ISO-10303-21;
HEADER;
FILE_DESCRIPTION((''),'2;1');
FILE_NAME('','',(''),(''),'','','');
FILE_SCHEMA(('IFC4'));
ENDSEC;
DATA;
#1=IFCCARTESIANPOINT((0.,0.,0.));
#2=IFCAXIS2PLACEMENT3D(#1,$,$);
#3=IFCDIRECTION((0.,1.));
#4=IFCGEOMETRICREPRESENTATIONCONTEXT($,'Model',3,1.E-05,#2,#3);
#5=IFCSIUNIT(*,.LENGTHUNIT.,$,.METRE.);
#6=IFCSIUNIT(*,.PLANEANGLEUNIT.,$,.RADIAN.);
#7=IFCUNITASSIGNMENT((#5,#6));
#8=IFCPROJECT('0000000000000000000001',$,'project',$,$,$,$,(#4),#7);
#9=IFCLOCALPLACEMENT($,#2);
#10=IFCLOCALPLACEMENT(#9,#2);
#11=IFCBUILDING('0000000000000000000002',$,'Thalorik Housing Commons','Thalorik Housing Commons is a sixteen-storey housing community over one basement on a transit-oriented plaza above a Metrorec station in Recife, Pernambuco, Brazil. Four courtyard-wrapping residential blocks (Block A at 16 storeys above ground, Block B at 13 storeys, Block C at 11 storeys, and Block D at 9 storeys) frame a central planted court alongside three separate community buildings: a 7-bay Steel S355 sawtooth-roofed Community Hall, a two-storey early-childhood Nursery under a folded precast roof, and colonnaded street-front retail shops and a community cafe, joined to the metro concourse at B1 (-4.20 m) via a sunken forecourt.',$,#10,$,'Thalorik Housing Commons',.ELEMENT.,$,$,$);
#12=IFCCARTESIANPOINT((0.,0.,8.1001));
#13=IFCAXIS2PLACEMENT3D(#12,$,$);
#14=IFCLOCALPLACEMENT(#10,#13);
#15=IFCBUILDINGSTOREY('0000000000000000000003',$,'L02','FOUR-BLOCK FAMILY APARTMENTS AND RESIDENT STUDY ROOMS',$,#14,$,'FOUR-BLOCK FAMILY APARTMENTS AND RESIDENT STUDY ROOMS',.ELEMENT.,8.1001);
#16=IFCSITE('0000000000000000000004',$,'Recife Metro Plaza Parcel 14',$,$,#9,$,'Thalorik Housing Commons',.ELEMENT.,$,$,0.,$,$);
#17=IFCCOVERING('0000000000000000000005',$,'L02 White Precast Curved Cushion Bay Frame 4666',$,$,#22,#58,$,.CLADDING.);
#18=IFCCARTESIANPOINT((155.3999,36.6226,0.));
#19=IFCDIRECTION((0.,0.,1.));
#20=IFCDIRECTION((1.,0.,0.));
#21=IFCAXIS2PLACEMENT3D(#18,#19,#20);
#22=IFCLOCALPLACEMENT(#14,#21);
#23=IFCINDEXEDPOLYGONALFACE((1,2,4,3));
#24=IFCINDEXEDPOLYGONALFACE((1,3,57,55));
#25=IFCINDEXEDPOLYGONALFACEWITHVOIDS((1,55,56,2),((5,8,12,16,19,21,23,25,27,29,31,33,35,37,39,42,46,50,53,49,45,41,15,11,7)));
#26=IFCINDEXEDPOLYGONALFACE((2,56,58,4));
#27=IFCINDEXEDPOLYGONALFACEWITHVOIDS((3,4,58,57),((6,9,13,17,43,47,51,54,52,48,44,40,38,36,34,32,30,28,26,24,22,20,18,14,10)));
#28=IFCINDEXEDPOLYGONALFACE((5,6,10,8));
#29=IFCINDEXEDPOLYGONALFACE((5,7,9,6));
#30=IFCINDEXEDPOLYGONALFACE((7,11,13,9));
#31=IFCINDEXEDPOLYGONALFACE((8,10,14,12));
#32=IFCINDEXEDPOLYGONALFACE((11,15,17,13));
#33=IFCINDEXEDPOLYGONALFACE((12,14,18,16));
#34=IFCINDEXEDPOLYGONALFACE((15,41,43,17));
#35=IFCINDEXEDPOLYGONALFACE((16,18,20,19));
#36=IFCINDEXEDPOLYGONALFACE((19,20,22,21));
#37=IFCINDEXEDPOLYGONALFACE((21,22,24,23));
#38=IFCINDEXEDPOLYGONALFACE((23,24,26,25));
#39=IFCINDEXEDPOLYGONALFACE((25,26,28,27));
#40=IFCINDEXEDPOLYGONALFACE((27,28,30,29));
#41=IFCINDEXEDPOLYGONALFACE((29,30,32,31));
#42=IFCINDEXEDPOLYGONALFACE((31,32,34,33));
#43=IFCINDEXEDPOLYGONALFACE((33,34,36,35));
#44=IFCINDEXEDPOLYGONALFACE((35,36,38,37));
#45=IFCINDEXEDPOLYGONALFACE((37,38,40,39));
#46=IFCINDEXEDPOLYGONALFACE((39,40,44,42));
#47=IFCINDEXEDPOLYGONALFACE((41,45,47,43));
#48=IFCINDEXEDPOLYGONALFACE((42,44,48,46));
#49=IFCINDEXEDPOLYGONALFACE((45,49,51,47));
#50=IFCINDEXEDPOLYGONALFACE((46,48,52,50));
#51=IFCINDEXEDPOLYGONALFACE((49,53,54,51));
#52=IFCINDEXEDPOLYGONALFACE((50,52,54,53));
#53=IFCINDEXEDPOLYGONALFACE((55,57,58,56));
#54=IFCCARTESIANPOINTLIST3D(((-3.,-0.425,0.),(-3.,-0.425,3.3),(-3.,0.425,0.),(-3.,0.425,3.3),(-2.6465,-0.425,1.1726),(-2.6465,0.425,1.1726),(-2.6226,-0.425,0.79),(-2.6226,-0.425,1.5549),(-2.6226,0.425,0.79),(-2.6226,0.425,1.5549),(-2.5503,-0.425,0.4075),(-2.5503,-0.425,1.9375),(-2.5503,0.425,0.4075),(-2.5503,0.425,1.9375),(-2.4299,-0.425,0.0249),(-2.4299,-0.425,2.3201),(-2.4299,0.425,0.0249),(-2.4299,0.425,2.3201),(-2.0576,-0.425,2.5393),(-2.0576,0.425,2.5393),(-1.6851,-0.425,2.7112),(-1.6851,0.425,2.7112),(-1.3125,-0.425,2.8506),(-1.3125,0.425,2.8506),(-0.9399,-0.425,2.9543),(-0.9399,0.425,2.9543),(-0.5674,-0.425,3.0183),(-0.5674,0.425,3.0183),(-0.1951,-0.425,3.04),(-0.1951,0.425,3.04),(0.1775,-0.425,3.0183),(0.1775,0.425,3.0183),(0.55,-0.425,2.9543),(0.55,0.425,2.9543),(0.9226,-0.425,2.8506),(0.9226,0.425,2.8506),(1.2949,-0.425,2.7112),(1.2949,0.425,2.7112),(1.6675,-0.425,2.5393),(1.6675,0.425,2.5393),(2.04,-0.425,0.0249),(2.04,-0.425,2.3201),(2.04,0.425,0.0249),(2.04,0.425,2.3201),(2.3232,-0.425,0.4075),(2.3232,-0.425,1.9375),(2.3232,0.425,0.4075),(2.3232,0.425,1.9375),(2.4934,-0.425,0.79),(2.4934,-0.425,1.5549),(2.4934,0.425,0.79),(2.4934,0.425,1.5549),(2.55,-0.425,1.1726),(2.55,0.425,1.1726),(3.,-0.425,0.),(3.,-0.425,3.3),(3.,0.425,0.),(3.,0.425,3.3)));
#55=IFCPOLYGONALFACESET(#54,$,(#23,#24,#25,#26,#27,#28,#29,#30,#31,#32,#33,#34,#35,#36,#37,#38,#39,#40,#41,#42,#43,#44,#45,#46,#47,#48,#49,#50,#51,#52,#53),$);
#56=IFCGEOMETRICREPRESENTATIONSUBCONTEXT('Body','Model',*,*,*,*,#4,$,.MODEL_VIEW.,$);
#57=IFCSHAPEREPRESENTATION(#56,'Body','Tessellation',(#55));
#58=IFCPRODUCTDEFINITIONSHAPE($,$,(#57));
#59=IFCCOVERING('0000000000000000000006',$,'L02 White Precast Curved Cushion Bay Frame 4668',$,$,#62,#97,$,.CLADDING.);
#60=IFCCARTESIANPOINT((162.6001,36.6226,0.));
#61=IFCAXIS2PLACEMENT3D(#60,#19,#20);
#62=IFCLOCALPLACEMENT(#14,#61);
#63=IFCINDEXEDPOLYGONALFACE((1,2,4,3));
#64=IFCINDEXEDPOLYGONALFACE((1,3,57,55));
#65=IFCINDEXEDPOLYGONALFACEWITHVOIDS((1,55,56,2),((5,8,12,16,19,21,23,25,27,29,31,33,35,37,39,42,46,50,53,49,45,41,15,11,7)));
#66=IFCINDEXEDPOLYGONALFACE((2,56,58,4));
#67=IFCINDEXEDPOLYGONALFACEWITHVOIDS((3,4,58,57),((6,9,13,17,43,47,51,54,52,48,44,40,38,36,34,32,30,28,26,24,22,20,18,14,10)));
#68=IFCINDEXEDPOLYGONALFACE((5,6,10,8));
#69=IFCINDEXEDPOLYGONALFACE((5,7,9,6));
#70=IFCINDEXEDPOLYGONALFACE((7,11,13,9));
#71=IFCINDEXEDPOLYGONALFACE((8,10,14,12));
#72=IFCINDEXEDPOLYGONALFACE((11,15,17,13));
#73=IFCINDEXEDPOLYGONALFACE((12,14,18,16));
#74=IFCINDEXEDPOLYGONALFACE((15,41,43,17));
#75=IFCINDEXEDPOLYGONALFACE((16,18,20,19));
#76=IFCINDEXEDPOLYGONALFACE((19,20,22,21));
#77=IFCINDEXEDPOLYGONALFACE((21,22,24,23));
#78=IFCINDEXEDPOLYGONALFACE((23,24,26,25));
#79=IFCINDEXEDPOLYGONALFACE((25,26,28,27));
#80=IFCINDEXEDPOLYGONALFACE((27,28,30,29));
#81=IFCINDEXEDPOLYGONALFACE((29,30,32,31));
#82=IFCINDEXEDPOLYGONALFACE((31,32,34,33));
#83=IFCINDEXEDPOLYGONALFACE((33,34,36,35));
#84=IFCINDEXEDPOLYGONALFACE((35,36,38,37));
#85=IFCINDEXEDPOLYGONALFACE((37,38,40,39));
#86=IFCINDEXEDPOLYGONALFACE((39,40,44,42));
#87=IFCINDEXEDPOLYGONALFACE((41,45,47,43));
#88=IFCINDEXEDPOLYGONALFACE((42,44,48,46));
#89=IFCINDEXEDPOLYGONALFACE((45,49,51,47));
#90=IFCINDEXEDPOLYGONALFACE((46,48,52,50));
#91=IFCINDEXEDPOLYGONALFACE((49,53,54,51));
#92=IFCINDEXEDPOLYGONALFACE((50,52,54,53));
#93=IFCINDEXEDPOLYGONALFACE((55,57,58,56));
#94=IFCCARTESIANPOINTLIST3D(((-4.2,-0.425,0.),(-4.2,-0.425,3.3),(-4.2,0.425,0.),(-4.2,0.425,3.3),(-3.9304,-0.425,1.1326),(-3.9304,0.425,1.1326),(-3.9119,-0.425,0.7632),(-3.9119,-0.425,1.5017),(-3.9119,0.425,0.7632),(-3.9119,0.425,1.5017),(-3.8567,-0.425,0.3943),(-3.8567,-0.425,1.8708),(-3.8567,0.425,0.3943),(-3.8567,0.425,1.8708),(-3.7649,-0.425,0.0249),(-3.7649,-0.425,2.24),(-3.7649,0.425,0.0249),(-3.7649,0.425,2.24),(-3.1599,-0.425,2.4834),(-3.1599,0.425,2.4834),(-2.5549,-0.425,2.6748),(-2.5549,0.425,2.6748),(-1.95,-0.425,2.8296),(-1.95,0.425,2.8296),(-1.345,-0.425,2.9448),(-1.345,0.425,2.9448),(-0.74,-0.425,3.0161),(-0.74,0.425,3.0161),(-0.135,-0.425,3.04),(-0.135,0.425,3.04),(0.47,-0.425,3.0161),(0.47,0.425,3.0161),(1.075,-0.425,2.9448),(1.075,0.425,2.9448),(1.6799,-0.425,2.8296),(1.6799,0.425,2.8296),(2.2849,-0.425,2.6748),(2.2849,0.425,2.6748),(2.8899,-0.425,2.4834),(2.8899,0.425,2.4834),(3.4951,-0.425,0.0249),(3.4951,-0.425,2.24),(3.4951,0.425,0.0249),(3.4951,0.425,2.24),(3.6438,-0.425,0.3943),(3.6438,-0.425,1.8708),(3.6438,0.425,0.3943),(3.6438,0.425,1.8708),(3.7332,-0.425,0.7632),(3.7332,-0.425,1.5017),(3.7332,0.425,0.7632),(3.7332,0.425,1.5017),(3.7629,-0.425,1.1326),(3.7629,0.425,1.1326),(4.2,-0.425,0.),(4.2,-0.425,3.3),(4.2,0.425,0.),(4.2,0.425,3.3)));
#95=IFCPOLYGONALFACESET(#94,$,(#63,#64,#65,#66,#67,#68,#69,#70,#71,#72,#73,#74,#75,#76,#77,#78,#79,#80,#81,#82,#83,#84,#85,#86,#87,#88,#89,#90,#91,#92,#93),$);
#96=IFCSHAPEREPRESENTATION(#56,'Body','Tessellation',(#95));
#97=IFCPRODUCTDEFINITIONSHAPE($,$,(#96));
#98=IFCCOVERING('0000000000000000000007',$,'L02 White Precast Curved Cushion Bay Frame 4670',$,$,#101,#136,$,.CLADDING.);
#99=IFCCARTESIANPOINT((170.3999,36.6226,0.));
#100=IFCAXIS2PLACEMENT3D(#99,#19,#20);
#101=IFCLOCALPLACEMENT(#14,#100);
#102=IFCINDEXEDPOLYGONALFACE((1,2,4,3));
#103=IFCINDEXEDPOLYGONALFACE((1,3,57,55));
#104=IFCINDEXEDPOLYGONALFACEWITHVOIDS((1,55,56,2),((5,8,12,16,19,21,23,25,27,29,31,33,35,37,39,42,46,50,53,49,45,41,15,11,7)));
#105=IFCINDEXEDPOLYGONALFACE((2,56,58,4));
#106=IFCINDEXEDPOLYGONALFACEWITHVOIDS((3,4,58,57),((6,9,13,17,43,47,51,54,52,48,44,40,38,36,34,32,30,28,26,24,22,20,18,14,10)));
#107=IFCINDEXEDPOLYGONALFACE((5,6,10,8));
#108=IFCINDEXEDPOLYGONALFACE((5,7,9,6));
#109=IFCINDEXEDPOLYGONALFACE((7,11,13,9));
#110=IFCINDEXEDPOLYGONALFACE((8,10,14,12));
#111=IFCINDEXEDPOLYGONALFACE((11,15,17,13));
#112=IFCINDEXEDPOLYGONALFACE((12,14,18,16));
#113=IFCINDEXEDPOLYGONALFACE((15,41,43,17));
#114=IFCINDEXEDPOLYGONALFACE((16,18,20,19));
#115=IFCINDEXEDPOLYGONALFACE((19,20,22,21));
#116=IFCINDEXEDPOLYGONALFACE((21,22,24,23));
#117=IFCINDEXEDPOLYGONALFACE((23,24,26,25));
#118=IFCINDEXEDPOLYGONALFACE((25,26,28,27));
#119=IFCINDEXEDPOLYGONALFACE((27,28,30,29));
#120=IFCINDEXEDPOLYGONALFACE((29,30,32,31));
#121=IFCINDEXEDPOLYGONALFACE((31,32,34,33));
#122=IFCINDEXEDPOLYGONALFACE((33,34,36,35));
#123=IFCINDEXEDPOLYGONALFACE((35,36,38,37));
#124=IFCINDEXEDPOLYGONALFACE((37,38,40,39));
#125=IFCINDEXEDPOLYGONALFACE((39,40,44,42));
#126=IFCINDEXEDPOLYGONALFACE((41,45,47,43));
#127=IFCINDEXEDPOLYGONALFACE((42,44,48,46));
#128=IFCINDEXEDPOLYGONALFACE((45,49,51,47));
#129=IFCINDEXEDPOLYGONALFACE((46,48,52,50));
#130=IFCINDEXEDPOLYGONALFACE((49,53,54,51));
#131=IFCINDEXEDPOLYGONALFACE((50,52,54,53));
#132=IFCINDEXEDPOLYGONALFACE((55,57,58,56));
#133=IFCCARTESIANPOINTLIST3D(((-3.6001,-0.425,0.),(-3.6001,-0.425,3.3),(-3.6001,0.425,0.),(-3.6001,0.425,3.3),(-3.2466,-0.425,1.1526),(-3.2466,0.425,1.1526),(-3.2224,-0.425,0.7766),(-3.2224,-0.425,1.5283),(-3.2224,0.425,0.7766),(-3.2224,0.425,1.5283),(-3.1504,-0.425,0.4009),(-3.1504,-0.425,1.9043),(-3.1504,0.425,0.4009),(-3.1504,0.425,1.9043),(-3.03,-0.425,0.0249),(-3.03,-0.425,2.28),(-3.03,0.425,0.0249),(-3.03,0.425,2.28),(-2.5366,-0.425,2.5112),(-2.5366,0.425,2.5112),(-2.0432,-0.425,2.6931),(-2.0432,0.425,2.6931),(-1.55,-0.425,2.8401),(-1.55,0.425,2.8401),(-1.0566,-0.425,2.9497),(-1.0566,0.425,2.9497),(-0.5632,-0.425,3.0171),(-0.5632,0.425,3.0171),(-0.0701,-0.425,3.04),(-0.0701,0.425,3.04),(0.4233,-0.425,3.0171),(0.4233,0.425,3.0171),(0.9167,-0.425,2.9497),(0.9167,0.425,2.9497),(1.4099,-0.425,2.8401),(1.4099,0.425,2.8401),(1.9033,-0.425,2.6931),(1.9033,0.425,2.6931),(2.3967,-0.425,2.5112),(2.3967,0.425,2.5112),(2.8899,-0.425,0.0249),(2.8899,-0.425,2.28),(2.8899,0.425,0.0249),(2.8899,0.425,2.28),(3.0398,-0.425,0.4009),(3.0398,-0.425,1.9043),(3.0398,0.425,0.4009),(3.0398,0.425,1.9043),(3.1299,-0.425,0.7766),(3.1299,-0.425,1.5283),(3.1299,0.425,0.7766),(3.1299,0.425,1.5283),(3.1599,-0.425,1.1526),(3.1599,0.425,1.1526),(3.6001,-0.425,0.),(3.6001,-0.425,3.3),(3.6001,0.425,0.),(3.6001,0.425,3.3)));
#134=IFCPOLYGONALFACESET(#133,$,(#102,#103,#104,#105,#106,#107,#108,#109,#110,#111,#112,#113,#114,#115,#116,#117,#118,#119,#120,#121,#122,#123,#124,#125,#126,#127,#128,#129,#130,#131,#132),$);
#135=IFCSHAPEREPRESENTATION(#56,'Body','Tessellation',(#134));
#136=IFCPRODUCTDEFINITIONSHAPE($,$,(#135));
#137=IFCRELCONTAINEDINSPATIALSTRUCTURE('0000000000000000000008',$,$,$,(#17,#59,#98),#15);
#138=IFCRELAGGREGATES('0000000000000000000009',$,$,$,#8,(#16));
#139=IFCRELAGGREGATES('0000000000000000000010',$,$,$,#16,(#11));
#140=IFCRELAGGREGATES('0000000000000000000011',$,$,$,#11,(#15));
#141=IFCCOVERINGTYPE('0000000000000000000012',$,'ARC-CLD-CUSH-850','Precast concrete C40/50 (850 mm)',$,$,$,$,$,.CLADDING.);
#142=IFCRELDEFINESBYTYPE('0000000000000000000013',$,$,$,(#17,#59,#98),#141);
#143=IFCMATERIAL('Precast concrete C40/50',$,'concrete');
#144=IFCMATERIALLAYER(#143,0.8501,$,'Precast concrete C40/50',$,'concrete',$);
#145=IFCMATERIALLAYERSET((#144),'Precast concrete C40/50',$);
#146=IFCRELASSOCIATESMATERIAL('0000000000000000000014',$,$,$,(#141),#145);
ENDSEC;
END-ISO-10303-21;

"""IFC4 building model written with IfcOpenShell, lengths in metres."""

from ifc_helpers import new_model, si_unit, direction, frame, origin, place, context, subcontext, project, spatial, polyline, outline, extrude, material, layer, layer_set, type_object, element, save


model = new_model("IFC4")

# Units and contexts
model_context = context("Model", 3, precision=1e-05, world=origin(), true_north=direction((0.0, 1.0)))
body_context = subcontext(model_context, "Body", "Model", "MODEL_VIEW")
ifc_project = project(units=[si_unit("LENGTHUNIT", "METRE"), si_unit("PLANEANGLEUNIT", "RADIAN")], contexts=[model_context])

# Site, building, storey
site_placement = place(None, origin())
site = spatial("IfcSite", under=ifc_project, at=site_placement, Name="Recife Metro Plaza Parcel 14", LongName="Thalorik Housing Commons", CompositionType="ELEMENT", RefElevation=0.0)
building_placement = place(site_placement, origin())
building = spatial("IfcBuilding", under=site, at=building_placement, Name="Thalorik Housing Commons", Description="Thalorik Housing Commons is a sixteen-storey housing community over one basement on a transit-oriented plaza above a Metrorec station in Recife, Pernambuco, Brazil. Four courtyard-wrapping residential blocks (Block A at 16 storeys above ground, Block B at 13 storeys, Block C at 11 storeys, and Block D at 9 storeys) frame a central planted court alongside three separate community buildings: a 7-bay Steel S355 sawtooth-roofed Community Hall, a two-storey early-childhood Nursery under a folded precast roof, and colonnaded street-front retail shops and a community cafe, joined to the metro concourse at B1 (-4.20 m) via a sunken forecourt.", LongName="Thalorik Housing Commons", CompositionType="ELEMENT")
storey_placement = place(building_placement, frame((0.0, 0.0, 8.1001)))
storey = spatial("IfcBuildingStorey", under=building, at=storey_placement, Name="L02", Description="FOUR-BLOCK FAMILY APARTMENTS AND RESIDENT STUDY ROOMS", LongName="FOUR-BLOCK FAMILY APARTMENTS AND RESIDENT STUDY ROOMS", CompositionType="ELEMENT", Elevation=8.1001)

# Shared definitions
ifc_material_1 = material(Name="Precast concrete C40/50", Category="concrete")

# Coverings
ifc_layer_1 = layer(ifc_material_1, 0.8501, Name="Precast concrete C40/50", Category="concrete")
ifc_layer_set_1 = layer_set([ifc_layer_1], Name="Precast concrete C40/50")
covering_type_1 = type_object("IfcCoveringType", Name="ARC-CLD-CUSH-850", Description="Precast concrete C40/50 (850 mm)", PredefinedType="CLADDING", material=ifc_layer_set_1)
covering_1_placement = place(storey_placement, frame((155.3999, 36.6226, 0.0), z_axis=(0.0, 0.0, 1.0), x_axis=(1.0, 0.0, 0.0)))
element("IfcCovering", 1, at=covering_1_placement, inside=storey, type_object=covering_type_1, Name="L02 White Precast Curved Cushion Bay Frame 4666", PredefinedType="CLADDING", context=body_context, shape_type="SweptSolid", body=[
    extrude(outline(polyline([(-3.0, 0.0), (3.0, 0.0), (3.0, 3.3), (-3.0, 3.3), (-3.0, 0.0)]), holes=[polyline([(2.04, 0.0249), (2.3232, 0.4075), (2.4934, 0.79), (2.55, 1.1726), (2.4934, 1.5549), (2.3232, 1.9375), (2.04, 2.3201), (1.6675, 2.5393), (1.2949, 2.7112), (0.9226, 2.8506), (0.55, 2.9543), (0.1775, 3.0183), (-0.1951, 3.04), (-0.5674, 3.0183), (-0.9399, 2.9543), (-1.3125, 2.8506), (-1.6851, 2.7112), (-2.0576, 2.5393), (-2.4299, 2.3201), (-2.5503, 1.9375), (-2.6226, 1.5549), (-2.6465, 1.1726), (-2.6226, 0.79), (-2.5503, 0.4075), (-2.4299, 0.0249), (2.04, 0.0249)])]), frame((0.0, 0.425, 0.0), z_axis=(0.0, -1.0, 0.0), x_axis=(1.0, 0.0, 0.0)), (0.0, 0.0, 1.0), 0.8501),
])
covering_2_placement = place(storey_placement, frame((162.6001, 36.6226, 0.0), z_axis=(0.0, 0.0, 1.0), x_axis=(1.0, 0.0, 0.0)))
element("IfcCovering", 2, at=covering_2_placement, inside=storey, type_object=covering_type_1, Name="L02 White Precast Curved Cushion Bay Frame 4668", PredefinedType="CLADDING", context=body_context, shape_type="SweptSolid", body=[
    extrude(outline(polyline([(-4.2, 0.0), (4.2, 0.0), (4.2, 3.3), (-4.2, 3.3), (-4.2, 0.0)]), holes=[polyline([(3.4951, 0.0249), (3.6438, 0.3943), (3.7332, 0.7632), (3.7629, 1.1326), (3.7332, 1.5017), (3.6438, 1.8708), (3.4951, 2.24), (2.8899, 2.4834), (2.2849, 2.6748), (1.6799, 2.8296), (1.075, 2.9448), (0.47, 3.0161), (-0.135, 3.04), (-0.74, 3.0161), (-1.345, 2.9448), (-1.95, 2.8296), (-2.5549, 2.6748), (-3.1599, 2.4834), (-3.7649, 2.24), (-3.8567, 1.8708), (-3.9119, 1.5017), (-3.9304, 1.1326), (-3.9119, 0.7632), (-3.8567, 0.3943), (-3.7649, 0.0249), (3.4951, 0.0249)])]), frame((0.0, 0.425, 0.0), z_axis=(0.0, -1.0, 0.0), x_axis=(1.0, 0.0, 0.0)), (0.0, 0.0, 1.0), 0.8501),
])
covering_3_placement = place(storey_placement, frame((170.3999, 36.6226, 0.0), z_axis=(0.0, 0.0, 1.0), x_axis=(1.0, 0.0, 0.0)))
element("IfcCovering", 3, at=covering_3_placement, inside=storey, type_object=covering_type_1, Name="L02 White Precast Curved Cushion Bay Frame 4670", PredefinedType="CLADDING", context=body_context, shape_type="SweptSolid", body=[
    extrude(outline(polyline([(-3.6001, 0.0), (3.6001, 0.0), (3.6001, 3.3), (-3.6001, 3.3), (-3.6001, 0.0)]), holes=[polyline([(2.8899, 0.0249), (3.0398, 0.4009), (3.1299, 0.7766), (3.1599, 1.1526), (3.1299, 1.5283), (3.0398, 1.9043), (2.8899, 2.28), (2.3967, 2.5112), (1.9033, 2.6931), (1.4099, 2.8401), (0.9167, 2.9497), (0.4233, 3.0171), (-0.0701, 3.04), (-0.5632, 3.0171), (-1.0566, 2.9497), (-1.55, 2.8401), (-2.0432, 2.6931), (-2.5366, 2.5112), (-3.03, 2.28), (-3.1504, 1.9043), (-3.2224, 1.5283), (-3.2466, 1.1526), (-3.2224, 0.7766), (-3.1504, 0.4009), (-3.03, 0.0249), (2.8899, 0.0249)])]), frame((0.0, 0.425, 0.0), z_axis=(0.0, -1.0, 0.0), x_axis=(1.0, 0.0, 0.0)), (0.0, 0.0, 1.0), 0.8501),
])

save(model, "model.ifc")
